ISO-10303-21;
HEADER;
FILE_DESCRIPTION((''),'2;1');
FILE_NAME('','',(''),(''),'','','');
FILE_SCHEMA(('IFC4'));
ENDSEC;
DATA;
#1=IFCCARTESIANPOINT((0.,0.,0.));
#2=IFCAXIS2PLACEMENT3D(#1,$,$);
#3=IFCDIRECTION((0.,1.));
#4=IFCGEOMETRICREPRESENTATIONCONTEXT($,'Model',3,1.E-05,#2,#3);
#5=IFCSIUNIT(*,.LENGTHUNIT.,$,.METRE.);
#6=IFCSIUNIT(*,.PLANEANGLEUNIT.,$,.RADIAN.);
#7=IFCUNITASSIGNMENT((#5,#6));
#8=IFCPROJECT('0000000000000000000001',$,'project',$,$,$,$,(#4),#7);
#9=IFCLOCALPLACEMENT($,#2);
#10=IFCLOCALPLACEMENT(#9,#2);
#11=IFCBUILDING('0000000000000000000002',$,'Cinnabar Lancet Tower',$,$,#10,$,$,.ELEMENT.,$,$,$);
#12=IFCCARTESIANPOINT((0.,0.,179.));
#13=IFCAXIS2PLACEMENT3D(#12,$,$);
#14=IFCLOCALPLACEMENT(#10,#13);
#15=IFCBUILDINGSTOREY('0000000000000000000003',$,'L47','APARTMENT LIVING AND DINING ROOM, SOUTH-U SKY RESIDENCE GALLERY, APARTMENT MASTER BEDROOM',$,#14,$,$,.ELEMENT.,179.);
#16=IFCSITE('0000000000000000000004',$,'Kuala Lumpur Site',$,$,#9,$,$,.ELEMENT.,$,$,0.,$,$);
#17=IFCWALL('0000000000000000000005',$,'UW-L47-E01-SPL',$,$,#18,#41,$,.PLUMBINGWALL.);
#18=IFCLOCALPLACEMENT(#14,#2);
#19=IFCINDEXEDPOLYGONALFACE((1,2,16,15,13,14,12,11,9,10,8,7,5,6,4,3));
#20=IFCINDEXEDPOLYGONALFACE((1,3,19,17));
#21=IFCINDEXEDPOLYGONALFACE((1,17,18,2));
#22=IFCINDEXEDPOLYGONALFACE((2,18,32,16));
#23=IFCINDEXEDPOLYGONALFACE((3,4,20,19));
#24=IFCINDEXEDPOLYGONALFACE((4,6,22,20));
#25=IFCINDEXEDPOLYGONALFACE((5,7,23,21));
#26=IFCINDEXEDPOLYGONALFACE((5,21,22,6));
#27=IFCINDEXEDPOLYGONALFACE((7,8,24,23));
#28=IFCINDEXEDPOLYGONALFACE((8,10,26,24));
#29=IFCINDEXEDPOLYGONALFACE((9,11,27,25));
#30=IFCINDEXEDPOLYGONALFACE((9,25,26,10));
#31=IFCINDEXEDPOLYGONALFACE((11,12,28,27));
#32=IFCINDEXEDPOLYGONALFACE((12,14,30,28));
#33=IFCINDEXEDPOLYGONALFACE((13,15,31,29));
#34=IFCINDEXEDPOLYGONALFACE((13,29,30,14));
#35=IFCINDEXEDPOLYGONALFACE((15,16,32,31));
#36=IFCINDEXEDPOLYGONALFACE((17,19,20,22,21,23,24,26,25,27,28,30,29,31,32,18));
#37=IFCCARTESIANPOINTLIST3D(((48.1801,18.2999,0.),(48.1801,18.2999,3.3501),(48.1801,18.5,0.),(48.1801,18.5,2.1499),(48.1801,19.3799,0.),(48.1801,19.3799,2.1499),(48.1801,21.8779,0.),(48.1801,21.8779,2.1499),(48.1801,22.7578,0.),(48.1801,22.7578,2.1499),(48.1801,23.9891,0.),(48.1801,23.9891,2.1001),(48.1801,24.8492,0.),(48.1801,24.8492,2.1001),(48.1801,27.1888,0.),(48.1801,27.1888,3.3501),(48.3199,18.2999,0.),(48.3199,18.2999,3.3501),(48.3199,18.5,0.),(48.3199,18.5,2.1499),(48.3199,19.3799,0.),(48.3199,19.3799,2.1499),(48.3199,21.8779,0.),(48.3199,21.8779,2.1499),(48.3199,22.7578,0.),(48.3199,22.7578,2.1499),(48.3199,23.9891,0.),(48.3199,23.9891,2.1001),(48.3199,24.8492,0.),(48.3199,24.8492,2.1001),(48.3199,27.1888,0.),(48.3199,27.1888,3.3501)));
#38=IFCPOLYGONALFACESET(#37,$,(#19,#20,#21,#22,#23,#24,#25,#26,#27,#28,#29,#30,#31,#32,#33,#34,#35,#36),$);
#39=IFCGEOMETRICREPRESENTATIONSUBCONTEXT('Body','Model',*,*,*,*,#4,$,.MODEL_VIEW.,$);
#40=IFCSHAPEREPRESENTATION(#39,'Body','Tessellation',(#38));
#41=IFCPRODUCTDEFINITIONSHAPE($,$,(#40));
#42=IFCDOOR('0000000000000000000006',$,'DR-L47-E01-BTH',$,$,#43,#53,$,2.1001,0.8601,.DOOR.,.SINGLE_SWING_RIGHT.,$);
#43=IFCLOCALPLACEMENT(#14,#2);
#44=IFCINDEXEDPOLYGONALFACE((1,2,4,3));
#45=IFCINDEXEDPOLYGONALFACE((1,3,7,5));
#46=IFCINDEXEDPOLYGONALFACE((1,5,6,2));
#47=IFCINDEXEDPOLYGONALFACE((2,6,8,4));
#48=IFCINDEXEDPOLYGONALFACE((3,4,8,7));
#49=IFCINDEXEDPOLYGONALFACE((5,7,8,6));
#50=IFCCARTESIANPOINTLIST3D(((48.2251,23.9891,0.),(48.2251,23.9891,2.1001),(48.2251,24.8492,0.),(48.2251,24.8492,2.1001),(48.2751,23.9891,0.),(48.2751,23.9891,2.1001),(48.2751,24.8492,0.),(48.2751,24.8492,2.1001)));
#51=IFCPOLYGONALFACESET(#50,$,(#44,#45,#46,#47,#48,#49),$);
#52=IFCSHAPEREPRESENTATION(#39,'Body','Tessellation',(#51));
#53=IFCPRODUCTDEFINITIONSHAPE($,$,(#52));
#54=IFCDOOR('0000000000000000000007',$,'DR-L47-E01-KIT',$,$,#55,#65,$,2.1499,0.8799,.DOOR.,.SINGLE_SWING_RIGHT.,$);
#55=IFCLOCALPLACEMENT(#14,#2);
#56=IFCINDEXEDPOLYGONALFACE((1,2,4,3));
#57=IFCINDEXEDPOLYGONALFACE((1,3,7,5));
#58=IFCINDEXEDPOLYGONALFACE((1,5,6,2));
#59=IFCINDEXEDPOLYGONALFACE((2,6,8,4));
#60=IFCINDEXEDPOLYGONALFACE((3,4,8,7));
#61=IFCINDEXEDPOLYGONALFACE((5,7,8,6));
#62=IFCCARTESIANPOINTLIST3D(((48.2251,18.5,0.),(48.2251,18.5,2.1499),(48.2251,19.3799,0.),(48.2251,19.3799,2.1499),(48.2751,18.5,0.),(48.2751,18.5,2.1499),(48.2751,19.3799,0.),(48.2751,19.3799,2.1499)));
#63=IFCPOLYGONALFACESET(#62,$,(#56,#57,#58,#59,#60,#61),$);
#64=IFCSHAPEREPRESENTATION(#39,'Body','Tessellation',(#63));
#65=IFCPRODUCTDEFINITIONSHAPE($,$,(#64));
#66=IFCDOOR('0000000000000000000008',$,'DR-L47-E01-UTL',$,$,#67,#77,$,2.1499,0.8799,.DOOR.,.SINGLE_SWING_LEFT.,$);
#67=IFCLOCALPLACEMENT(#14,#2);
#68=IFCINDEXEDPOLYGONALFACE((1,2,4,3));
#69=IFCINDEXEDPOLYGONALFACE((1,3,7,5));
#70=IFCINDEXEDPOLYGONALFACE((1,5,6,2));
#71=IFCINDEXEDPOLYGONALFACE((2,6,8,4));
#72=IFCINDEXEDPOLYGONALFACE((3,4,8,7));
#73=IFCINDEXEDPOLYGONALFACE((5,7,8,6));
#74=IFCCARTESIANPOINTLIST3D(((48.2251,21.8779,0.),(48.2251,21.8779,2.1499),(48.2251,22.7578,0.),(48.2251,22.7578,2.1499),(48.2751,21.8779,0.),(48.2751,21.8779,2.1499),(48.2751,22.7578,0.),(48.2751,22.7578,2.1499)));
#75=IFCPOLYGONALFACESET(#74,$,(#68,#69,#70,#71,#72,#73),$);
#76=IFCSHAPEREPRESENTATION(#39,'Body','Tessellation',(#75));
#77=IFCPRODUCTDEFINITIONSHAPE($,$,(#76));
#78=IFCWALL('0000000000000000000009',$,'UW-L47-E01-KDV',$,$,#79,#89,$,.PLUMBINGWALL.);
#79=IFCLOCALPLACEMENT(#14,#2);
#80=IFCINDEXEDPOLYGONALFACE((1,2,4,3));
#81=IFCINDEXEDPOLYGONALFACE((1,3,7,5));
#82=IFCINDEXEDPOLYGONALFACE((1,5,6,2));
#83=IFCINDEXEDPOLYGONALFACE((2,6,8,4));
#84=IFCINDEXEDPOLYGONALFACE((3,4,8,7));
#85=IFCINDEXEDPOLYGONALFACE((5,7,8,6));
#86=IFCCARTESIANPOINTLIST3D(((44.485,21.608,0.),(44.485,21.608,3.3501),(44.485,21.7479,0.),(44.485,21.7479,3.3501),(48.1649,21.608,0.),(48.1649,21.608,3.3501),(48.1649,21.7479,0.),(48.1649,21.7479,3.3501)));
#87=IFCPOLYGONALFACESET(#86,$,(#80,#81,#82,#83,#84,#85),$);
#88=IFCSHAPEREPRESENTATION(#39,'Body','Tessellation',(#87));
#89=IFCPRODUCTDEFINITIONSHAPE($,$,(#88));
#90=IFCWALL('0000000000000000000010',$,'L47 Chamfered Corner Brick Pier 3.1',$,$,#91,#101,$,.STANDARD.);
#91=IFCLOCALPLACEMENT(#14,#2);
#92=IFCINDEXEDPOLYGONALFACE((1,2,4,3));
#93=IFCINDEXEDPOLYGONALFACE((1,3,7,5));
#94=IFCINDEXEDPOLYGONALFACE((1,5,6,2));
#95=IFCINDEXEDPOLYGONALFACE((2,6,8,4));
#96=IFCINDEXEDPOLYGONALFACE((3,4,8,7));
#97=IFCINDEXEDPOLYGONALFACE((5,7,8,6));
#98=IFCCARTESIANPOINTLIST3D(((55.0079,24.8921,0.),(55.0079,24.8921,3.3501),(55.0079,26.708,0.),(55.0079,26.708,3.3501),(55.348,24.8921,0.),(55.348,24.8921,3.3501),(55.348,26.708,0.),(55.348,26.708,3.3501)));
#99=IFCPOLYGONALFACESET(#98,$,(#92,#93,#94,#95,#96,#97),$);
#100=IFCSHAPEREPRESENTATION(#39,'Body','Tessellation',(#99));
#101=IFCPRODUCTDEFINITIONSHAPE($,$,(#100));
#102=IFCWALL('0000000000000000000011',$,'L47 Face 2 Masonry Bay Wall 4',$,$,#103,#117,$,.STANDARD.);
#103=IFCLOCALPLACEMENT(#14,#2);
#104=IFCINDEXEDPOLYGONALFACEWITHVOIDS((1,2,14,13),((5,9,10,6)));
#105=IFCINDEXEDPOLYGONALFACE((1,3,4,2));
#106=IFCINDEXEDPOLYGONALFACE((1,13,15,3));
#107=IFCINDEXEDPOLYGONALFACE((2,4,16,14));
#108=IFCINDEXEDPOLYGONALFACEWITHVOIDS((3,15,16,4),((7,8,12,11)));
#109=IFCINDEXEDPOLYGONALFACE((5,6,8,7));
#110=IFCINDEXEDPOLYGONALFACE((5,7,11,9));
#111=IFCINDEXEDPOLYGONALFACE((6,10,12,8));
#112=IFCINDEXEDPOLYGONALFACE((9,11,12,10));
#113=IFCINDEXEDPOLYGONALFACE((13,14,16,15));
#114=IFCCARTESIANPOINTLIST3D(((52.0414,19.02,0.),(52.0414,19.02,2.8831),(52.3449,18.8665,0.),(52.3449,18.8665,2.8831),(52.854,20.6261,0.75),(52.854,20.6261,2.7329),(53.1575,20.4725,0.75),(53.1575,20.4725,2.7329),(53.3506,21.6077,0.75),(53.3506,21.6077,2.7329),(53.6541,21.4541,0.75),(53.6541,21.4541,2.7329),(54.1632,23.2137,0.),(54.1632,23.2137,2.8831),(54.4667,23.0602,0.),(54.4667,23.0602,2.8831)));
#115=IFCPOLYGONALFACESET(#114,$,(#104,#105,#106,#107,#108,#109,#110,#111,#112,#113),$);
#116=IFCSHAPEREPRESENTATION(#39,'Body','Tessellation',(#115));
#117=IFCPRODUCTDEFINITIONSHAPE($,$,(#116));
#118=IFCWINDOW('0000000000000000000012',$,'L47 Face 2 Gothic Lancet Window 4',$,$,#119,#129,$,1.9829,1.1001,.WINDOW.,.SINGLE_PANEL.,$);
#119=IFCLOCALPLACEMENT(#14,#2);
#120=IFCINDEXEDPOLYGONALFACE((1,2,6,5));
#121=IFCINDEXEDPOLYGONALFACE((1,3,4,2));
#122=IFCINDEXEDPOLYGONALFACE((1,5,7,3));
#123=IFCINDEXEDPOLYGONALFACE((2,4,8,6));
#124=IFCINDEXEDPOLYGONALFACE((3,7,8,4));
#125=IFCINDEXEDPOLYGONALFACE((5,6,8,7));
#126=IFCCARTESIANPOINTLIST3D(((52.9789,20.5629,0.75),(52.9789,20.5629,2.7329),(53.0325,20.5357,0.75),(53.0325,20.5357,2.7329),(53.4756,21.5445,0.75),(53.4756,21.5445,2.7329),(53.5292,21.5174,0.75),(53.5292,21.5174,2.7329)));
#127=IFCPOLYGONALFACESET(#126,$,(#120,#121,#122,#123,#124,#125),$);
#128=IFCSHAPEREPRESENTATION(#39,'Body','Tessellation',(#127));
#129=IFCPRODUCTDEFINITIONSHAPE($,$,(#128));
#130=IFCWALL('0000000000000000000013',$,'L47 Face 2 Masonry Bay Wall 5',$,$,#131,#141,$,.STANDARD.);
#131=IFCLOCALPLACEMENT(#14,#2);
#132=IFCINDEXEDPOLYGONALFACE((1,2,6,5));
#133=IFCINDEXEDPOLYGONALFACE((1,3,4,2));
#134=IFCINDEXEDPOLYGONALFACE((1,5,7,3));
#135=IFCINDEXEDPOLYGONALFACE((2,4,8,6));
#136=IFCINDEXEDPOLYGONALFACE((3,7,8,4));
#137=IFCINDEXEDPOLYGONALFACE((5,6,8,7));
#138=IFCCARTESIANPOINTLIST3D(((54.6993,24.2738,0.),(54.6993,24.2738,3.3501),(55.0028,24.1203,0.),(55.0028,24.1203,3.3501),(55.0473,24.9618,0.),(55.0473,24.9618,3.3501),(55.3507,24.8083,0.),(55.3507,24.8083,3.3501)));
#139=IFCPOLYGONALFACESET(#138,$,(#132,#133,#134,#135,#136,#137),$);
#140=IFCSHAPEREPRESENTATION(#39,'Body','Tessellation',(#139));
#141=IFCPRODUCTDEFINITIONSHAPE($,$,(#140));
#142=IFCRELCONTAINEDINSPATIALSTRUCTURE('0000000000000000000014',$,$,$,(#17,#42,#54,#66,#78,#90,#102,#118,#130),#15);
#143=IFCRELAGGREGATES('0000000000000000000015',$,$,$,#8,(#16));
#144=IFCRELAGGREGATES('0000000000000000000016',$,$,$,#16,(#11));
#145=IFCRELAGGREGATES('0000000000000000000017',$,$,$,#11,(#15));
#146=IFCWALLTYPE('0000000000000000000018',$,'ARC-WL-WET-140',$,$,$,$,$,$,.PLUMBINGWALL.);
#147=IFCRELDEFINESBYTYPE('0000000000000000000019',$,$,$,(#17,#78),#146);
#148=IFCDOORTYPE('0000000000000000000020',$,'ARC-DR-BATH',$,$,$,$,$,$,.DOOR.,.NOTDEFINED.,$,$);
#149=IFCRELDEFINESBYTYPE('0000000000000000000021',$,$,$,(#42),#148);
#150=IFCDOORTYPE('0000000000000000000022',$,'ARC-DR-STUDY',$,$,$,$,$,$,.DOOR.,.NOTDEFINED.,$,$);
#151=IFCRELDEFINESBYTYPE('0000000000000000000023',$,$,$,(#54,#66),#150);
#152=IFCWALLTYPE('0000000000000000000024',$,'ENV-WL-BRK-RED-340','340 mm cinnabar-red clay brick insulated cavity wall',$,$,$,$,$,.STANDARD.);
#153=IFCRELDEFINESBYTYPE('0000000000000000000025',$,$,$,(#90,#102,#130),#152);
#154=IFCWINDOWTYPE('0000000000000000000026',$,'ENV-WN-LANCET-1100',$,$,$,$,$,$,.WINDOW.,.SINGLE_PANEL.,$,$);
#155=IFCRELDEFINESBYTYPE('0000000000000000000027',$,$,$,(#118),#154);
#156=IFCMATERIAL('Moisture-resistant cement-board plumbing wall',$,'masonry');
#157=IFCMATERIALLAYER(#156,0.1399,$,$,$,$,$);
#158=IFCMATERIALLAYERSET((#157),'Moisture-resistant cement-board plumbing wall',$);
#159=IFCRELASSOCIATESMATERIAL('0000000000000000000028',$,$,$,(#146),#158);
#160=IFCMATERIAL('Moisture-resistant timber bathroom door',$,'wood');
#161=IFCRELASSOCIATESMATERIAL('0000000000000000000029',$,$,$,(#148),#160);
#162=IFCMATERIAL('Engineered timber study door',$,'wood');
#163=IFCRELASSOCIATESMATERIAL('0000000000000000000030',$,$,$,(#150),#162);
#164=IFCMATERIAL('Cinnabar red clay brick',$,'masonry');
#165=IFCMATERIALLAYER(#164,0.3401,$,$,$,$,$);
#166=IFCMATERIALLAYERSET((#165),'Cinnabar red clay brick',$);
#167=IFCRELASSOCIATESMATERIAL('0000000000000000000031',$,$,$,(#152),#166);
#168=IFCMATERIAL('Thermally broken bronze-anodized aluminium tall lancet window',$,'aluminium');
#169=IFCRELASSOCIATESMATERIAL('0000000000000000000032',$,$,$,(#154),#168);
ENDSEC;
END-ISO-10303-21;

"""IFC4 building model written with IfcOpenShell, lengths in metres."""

from ifc_helpers import new_model, si_unit, direction, frame, frame_2d, origin, place, context, subcontext, project, spatial, rectangle, extrude, material, layer, layer_set, type_object, element, fill, save


model = new_model("IFC4")

# Units and contexts
model_context = context("Model", 3, precision=1e-05, world=origin(), true_north=direction((0.0, 1.0)))
body_context = subcontext(model_context, "Body", "Model", "MODEL_VIEW")
ifc_project = project(units=[si_unit("LENGTHUNIT", "METRE"), si_unit("PLANEANGLEUNIT", "RADIAN")], contexts=[model_context])

# Site, building, storey
site_placement = place(None, origin())
site = spatial("IfcSite", under=ifc_project, at=site_placement, Name="Kuala Lumpur Site", CompositionType="ELEMENT", RefElevation=0.0)
building_placement = place(site_placement, origin())
building = spatial("IfcBuilding", under=site, at=building_placement, Name="Cinnabar Lancet Tower", CompositionType="ELEMENT")
storey_placement = place(building_placement, frame((0.0, 0.0, 179.0)))
storey = spatial("IfcBuildingStorey", under=building, at=storey_placement, Name="L47", Description="APARTMENT LIVING AND DINING ROOM, SOUTH-U SKY RESIDENCE GALLERY, APARTMENT MASTER BEDROOM", CompositionType="ELEMENT", Elevation=179.0)

# Wall, openings, doors
ifc_material_1 = material(Name="Moisture-resistant cement-board plumbing wall", Category="masonry")
ifc_layer_1 = layer(ifc_material_1, 0.1399)
ifc_layer_set_1 = layer_set([ifc_layer_1], Name="Moisture-resistant cement-board plumbing wall")
wall_type_1 = type_object("IfcWallType", Name="ARC-WL-WET-140", PredefinedType="PLUMBINGWALL", material=ifc_layer_set_1)
wall_1_placement = place(storey_placement, frame((48.25, 18.3, 0.0), z_axis=(0.0, 0.0, 1.0), x_axis=(0.0, 1.0, 0.0)))
wall_1 = element("IfcWall", 1, at=wall_1_placement, inside=storey, type_object=wall_type_1, Name="UW-L47-E01-SPL", PredefinedType="PLUMBINGWALL", context=body_context, shape_type="SweptSolid", body=[
    extrude(rectangle(XDim=8.8889, YDim=0.1399, at=frame_2d((4.4443, 0.0))), origin(), (0.0, 0.0, 1.0), 3.3501),
])
opening_1_placement = place(wall_1_placement, frame((0.2, 0.0, 0.0)))
opening_1 = element("IfcOpeningElement", 2, at=opening_1_placement, cuts=wall_1, PredefinedType="OPENING", context=body_context, shape_type="SweptSolid", body=[
    extrude(rectangle(XDim=0.8799, YDim=2.1499, at=frame_2d((0.4399, 1.075))), frame((0.0, 0.0798, 0.0), z_axis=(0.0, -1.0, 0.0), x_axis=(1.0, 0.0, 0.0)), (0.0, 0.0, 1.0), 0.1599),
])
opening_2_placement = place(wall_1_placement, frame((3.5779, 0.0, 0.0)))
opening_2 = element("IfcOpeningElement", 3, at=opening_2_placement, cuts=wall_1, PredefinedType="OPENING", context=body_context, shape_type="SweptSolid", body=[
    extrude(rectangle(XDim=0.8799, YDim=2.1499, at=frame_2d((0.4399, 1.075))), frame((0.0, 0.0798, 0.0), z_axis=(0.0, -1.0, 0.0), x_axis=(1.0, 0.0, 0.0)), (0.0, 0.0, 1.0), 0.1599),
])
opening_3_placement = place(wall_1_placement, frame((5.689, 0.0, 0.0)))
opening_3 = element("IfcOpeningElement", 4, at=opening_3_placement, cuts=wall_1, PredefinedType="OPENING", context=body_context, shape_type="SweptSolid", body=[
    extrude(rectangle(XDim=0.8601, YDim=2.1001, at=frame_2d((0.4302, 1.05))), frame((0.0, 0.0798, 0.0), z_axis=(0.0, -1.0, 0.0), x_axis=(1.0, 0.0, 0.0)), (0.0, 0.0, 1.0), 0.1599),
])
ifc_material_2 = material(Name="Moisture-resistant timber bathroom door", Category="wood")
door_type_1 = type_object("IfcDoorType", Name="ARC-DR-BATH", OperationType="NOTDEFINED", PredefinedType="DOOR", material=ifc_material_2)
door_1_placement = place(opening_3_placement, origin())
door_1 = element("IfcDoor", 5, at=door_1_placement, inside=storey, type_object=door_type_1, Name="DR-L47-E01-BTH", OperationType="SINGLE_SWING_RIGHT", OverallHeight=2.1001, OverallWidth=0.8601, PredefinedType="DOOR", context=body_context, shape_type="SweptSolid", body=[
    extrude(rectangle(XDim=0.8601, YDim=2.1001, at=frame_2d((0.4302, 1.05))), frame((0.0, 0.0249, 0.0), z_axis=(0.0, -1.0, 0.0), x_axis=(1.0, 0.0, 0.0)), (0.0, 0.0, 1.0), 0.05),
])
fill(opening_3, door_1)
ifc_material_3 = material(Name="Engineered timber study door", Category="wood")
door_type_2 = type_object("IfcDoorType", Name="ARC-DR-STUDY", OperationType="NOTDEFINED", PredefinedType="DOOR", material=ifc_material_3)
door_2_placement = place(opening_1_placement, origin())
door_2 = element("IfcDoor", 6, at=door_2_placement, inside=storey, type_object=door_type_2, Name="DR-L47-E01-KIT", OperationType="SINGLE_SWING_RIGHT", OverallHeight=2.1499, OverallWidth=0.8799, PredefinedType="DOOR", context=body_context, shape_type="SweptSolid", body=[
    extrude(rectangle(XDim=0.8799, YDim=2.1499, at=frame_2d((0.4399, 1.075))), frame((0.0, 0.0249, 0.0), z_axis=(0.0, -1.0, 0.0), x_axis=(1.0, 0.0, 0.0)), (0.0, 0.0, 1.0), 0.05),
])
fill(opening_1, door_2)
door_3_placement = place(opening_2_placement, origin())
door_3 = element("IfcDoor", 7, at=door_3_placement, inside=storey, type_object=door_type_2, Name="DR-L47-E01-UTL", OperationType="SINGLE_SWING_LEFT", OverallHeight=2.1499, OverallWidth=0.8799, PredefinedType="DOOR", context=body_context, shape_type="SweptSolid", body=[
    extrude(rectangle(XDim=0.8799, YDim=2.1499, at=frame_2d((0.4399, 1.075))), frame((0.0, 0.0249, 0.0), z_axis=(0.0, -1.0, 0.0), x_axis=(1.0, 0.0, 0.0)), (0.0, 0.0, 1.0), 0.05),
])
fill(opening_2, door_3)

# Walls
wall_2_placement = place(storey_placement, frame((44.4851, 21.678, 0.0), z_axis=(0.0, 0.0, 1.0), x_axis=(1.0, 0.0, 0.0)))
element("IfcWall", 8, at=wall_2_placement, inside=storey, type_object=wall_type_1, Name="UW-L47-E01-KDV", PredefinedType="PLUMBINGWALL", context=body_context, shape_type="SweptSolid", body=[
    extrude(rectangle(XDim=3.6799, YDim=0.1399, at=frame_2d((1.8398, 0.0))), origin(), (0.0, 0.0, 1.0), 3.3501),
])
ifc_material_4 = material(Name="Cinnabar red clay brick", Category="masonry")
ifc_layer_2 = layer(ifc_material_4, 0.3401)
ifc_layer_set_2 = layer_set([ifc_layer_2], Name="Cinnabar red clay brick")
wall_type_2 = type_object("IfcWallType", Name="ENV-WL-BRK-RED-340", Description="340 mm cinnabar-red clay brick insulated cavity wall", PredefinedType="STANDARD", material=ifc_layer_set_2)
wall_3_placement = place(storey_placement, frame((55.178, 24.8921, 0.0), z_axis=(0.0, 0.0, 1.0), x_axis=(0.0, 1.0, 0.0)))
element("IfcWall", 9, at=wall_3_placement, inside=storey, type_object=wall_type_2, Name="L47 Chamfered Corner Brick Pier 3.1", PredefinedType="STANDARD", context=body_context, shape_type="SweptSolid", body=[
    extrude(rectangle(XDim=1.8159, YDim=0.3401, at=frame_2d((0.908, 0.0))), origin(), (0.0, 0.0, 1.0), 3.3501),
])

# Wall, opening, window
wall_4_placement = place(storey_placement, frame((52.1931, 18.9431, 0.0), z_axis=(0.0, 0.0, 1.0), x_axis=(0.451447, 0.892298, 0.0)))
wall_4 = element("IfcWall", 10, at=wall_4_placement, inside=storey, type_object=wall_type_2, Name="L47 Face 2 Masonry Bay Wall 4", PredefinedType="STANDARD", context=body_context, shape_type="SweptSolid", body=[
    extrude(rectangle(XDim=4.7, YDim=0.3401, at=frame_2d((2.3501, 0.0))), origin(), (0.0, 0.0, 1.0), 2.8831),
])
opening_4_placement = place(wall_4_placement, frame((1.8, 0.0, 0.75)))
opening_4 = element("IfcOpeningElement", 11, at=opening_4_placement, cuts=wall_4, PredefinedType="OPENING", context=body_context, shape_type="SweptSolid", body=[
    extrude(rectangle(XDim=1.1001, YDim=1.9829, at=frame_2d((0.55, 0.9915))), frame((0.0, 0.1799, 0.0), z_axis=(0.0, -1.0, 0.0), x_axis=(1.0, 0.0, 0.0)), (0.0, 0.0, 1.0), 0.3601),
])
ifc_material_5 = material(Name="Thermally broken bronze-anodized aluminium tall lancet window", Category="aluminium")
window_type = type_object("IfcWindowType", Name="ENV-WN-LANCET-1100", PartitioningType="SINGLE_PANEL", PredefinedType="WINDOW", material=ifc_material_5)
window_placement = place(opening_4_placement, origin())
window = element("IfcWindow", 12, at=window_placement, inside=storey, type_object=window_type, Name="L47 Face 2 Gothic Lancet Window 4", OverallHeight=1.9829, OverallWidth=1.1001, PartitioningType="SINGLE_PANEL", PredefinedType="WINDOW", context=body_context, shape_type="SweptSolid", body=[
    extrude(rectangle(XDim=1.1001, YDim=1.9829, at=frame_2d((0.55, 0.9915))), frame((0.0, 0.03, 0.0), z_axis=(0.0, -1.0, 0.0), x_axis=(1.0, 0.0, 0.0)), (0.0, 0.0, 1.0), 0.0601),
])
fill(opening_4, window)

# Wall
wall_5_placement = place(storey_placement, frame((54.8511, 24.197, 0.0), z_axis=(0.0, 0.0, 1.0), x_axis=(0.451262, 0.892391, 0.0)))
element("IfcWall", 13, at=wall_5_placement, inside=storey, type_object=wall_type_2, Name="L47 Face 2 Masonry Bay Wall 5", PredefinedType="STANDARD", context=body_context, shape_type="SweptSolid", body=[
    extrude(rectangle(XDim=0.771, YDim=0.3401, at=frame_2d((0.3855, 0.0))), origin(), (0.0, 0.0, 1.0), 3.3501),
])

save(model, "model.ifc")
